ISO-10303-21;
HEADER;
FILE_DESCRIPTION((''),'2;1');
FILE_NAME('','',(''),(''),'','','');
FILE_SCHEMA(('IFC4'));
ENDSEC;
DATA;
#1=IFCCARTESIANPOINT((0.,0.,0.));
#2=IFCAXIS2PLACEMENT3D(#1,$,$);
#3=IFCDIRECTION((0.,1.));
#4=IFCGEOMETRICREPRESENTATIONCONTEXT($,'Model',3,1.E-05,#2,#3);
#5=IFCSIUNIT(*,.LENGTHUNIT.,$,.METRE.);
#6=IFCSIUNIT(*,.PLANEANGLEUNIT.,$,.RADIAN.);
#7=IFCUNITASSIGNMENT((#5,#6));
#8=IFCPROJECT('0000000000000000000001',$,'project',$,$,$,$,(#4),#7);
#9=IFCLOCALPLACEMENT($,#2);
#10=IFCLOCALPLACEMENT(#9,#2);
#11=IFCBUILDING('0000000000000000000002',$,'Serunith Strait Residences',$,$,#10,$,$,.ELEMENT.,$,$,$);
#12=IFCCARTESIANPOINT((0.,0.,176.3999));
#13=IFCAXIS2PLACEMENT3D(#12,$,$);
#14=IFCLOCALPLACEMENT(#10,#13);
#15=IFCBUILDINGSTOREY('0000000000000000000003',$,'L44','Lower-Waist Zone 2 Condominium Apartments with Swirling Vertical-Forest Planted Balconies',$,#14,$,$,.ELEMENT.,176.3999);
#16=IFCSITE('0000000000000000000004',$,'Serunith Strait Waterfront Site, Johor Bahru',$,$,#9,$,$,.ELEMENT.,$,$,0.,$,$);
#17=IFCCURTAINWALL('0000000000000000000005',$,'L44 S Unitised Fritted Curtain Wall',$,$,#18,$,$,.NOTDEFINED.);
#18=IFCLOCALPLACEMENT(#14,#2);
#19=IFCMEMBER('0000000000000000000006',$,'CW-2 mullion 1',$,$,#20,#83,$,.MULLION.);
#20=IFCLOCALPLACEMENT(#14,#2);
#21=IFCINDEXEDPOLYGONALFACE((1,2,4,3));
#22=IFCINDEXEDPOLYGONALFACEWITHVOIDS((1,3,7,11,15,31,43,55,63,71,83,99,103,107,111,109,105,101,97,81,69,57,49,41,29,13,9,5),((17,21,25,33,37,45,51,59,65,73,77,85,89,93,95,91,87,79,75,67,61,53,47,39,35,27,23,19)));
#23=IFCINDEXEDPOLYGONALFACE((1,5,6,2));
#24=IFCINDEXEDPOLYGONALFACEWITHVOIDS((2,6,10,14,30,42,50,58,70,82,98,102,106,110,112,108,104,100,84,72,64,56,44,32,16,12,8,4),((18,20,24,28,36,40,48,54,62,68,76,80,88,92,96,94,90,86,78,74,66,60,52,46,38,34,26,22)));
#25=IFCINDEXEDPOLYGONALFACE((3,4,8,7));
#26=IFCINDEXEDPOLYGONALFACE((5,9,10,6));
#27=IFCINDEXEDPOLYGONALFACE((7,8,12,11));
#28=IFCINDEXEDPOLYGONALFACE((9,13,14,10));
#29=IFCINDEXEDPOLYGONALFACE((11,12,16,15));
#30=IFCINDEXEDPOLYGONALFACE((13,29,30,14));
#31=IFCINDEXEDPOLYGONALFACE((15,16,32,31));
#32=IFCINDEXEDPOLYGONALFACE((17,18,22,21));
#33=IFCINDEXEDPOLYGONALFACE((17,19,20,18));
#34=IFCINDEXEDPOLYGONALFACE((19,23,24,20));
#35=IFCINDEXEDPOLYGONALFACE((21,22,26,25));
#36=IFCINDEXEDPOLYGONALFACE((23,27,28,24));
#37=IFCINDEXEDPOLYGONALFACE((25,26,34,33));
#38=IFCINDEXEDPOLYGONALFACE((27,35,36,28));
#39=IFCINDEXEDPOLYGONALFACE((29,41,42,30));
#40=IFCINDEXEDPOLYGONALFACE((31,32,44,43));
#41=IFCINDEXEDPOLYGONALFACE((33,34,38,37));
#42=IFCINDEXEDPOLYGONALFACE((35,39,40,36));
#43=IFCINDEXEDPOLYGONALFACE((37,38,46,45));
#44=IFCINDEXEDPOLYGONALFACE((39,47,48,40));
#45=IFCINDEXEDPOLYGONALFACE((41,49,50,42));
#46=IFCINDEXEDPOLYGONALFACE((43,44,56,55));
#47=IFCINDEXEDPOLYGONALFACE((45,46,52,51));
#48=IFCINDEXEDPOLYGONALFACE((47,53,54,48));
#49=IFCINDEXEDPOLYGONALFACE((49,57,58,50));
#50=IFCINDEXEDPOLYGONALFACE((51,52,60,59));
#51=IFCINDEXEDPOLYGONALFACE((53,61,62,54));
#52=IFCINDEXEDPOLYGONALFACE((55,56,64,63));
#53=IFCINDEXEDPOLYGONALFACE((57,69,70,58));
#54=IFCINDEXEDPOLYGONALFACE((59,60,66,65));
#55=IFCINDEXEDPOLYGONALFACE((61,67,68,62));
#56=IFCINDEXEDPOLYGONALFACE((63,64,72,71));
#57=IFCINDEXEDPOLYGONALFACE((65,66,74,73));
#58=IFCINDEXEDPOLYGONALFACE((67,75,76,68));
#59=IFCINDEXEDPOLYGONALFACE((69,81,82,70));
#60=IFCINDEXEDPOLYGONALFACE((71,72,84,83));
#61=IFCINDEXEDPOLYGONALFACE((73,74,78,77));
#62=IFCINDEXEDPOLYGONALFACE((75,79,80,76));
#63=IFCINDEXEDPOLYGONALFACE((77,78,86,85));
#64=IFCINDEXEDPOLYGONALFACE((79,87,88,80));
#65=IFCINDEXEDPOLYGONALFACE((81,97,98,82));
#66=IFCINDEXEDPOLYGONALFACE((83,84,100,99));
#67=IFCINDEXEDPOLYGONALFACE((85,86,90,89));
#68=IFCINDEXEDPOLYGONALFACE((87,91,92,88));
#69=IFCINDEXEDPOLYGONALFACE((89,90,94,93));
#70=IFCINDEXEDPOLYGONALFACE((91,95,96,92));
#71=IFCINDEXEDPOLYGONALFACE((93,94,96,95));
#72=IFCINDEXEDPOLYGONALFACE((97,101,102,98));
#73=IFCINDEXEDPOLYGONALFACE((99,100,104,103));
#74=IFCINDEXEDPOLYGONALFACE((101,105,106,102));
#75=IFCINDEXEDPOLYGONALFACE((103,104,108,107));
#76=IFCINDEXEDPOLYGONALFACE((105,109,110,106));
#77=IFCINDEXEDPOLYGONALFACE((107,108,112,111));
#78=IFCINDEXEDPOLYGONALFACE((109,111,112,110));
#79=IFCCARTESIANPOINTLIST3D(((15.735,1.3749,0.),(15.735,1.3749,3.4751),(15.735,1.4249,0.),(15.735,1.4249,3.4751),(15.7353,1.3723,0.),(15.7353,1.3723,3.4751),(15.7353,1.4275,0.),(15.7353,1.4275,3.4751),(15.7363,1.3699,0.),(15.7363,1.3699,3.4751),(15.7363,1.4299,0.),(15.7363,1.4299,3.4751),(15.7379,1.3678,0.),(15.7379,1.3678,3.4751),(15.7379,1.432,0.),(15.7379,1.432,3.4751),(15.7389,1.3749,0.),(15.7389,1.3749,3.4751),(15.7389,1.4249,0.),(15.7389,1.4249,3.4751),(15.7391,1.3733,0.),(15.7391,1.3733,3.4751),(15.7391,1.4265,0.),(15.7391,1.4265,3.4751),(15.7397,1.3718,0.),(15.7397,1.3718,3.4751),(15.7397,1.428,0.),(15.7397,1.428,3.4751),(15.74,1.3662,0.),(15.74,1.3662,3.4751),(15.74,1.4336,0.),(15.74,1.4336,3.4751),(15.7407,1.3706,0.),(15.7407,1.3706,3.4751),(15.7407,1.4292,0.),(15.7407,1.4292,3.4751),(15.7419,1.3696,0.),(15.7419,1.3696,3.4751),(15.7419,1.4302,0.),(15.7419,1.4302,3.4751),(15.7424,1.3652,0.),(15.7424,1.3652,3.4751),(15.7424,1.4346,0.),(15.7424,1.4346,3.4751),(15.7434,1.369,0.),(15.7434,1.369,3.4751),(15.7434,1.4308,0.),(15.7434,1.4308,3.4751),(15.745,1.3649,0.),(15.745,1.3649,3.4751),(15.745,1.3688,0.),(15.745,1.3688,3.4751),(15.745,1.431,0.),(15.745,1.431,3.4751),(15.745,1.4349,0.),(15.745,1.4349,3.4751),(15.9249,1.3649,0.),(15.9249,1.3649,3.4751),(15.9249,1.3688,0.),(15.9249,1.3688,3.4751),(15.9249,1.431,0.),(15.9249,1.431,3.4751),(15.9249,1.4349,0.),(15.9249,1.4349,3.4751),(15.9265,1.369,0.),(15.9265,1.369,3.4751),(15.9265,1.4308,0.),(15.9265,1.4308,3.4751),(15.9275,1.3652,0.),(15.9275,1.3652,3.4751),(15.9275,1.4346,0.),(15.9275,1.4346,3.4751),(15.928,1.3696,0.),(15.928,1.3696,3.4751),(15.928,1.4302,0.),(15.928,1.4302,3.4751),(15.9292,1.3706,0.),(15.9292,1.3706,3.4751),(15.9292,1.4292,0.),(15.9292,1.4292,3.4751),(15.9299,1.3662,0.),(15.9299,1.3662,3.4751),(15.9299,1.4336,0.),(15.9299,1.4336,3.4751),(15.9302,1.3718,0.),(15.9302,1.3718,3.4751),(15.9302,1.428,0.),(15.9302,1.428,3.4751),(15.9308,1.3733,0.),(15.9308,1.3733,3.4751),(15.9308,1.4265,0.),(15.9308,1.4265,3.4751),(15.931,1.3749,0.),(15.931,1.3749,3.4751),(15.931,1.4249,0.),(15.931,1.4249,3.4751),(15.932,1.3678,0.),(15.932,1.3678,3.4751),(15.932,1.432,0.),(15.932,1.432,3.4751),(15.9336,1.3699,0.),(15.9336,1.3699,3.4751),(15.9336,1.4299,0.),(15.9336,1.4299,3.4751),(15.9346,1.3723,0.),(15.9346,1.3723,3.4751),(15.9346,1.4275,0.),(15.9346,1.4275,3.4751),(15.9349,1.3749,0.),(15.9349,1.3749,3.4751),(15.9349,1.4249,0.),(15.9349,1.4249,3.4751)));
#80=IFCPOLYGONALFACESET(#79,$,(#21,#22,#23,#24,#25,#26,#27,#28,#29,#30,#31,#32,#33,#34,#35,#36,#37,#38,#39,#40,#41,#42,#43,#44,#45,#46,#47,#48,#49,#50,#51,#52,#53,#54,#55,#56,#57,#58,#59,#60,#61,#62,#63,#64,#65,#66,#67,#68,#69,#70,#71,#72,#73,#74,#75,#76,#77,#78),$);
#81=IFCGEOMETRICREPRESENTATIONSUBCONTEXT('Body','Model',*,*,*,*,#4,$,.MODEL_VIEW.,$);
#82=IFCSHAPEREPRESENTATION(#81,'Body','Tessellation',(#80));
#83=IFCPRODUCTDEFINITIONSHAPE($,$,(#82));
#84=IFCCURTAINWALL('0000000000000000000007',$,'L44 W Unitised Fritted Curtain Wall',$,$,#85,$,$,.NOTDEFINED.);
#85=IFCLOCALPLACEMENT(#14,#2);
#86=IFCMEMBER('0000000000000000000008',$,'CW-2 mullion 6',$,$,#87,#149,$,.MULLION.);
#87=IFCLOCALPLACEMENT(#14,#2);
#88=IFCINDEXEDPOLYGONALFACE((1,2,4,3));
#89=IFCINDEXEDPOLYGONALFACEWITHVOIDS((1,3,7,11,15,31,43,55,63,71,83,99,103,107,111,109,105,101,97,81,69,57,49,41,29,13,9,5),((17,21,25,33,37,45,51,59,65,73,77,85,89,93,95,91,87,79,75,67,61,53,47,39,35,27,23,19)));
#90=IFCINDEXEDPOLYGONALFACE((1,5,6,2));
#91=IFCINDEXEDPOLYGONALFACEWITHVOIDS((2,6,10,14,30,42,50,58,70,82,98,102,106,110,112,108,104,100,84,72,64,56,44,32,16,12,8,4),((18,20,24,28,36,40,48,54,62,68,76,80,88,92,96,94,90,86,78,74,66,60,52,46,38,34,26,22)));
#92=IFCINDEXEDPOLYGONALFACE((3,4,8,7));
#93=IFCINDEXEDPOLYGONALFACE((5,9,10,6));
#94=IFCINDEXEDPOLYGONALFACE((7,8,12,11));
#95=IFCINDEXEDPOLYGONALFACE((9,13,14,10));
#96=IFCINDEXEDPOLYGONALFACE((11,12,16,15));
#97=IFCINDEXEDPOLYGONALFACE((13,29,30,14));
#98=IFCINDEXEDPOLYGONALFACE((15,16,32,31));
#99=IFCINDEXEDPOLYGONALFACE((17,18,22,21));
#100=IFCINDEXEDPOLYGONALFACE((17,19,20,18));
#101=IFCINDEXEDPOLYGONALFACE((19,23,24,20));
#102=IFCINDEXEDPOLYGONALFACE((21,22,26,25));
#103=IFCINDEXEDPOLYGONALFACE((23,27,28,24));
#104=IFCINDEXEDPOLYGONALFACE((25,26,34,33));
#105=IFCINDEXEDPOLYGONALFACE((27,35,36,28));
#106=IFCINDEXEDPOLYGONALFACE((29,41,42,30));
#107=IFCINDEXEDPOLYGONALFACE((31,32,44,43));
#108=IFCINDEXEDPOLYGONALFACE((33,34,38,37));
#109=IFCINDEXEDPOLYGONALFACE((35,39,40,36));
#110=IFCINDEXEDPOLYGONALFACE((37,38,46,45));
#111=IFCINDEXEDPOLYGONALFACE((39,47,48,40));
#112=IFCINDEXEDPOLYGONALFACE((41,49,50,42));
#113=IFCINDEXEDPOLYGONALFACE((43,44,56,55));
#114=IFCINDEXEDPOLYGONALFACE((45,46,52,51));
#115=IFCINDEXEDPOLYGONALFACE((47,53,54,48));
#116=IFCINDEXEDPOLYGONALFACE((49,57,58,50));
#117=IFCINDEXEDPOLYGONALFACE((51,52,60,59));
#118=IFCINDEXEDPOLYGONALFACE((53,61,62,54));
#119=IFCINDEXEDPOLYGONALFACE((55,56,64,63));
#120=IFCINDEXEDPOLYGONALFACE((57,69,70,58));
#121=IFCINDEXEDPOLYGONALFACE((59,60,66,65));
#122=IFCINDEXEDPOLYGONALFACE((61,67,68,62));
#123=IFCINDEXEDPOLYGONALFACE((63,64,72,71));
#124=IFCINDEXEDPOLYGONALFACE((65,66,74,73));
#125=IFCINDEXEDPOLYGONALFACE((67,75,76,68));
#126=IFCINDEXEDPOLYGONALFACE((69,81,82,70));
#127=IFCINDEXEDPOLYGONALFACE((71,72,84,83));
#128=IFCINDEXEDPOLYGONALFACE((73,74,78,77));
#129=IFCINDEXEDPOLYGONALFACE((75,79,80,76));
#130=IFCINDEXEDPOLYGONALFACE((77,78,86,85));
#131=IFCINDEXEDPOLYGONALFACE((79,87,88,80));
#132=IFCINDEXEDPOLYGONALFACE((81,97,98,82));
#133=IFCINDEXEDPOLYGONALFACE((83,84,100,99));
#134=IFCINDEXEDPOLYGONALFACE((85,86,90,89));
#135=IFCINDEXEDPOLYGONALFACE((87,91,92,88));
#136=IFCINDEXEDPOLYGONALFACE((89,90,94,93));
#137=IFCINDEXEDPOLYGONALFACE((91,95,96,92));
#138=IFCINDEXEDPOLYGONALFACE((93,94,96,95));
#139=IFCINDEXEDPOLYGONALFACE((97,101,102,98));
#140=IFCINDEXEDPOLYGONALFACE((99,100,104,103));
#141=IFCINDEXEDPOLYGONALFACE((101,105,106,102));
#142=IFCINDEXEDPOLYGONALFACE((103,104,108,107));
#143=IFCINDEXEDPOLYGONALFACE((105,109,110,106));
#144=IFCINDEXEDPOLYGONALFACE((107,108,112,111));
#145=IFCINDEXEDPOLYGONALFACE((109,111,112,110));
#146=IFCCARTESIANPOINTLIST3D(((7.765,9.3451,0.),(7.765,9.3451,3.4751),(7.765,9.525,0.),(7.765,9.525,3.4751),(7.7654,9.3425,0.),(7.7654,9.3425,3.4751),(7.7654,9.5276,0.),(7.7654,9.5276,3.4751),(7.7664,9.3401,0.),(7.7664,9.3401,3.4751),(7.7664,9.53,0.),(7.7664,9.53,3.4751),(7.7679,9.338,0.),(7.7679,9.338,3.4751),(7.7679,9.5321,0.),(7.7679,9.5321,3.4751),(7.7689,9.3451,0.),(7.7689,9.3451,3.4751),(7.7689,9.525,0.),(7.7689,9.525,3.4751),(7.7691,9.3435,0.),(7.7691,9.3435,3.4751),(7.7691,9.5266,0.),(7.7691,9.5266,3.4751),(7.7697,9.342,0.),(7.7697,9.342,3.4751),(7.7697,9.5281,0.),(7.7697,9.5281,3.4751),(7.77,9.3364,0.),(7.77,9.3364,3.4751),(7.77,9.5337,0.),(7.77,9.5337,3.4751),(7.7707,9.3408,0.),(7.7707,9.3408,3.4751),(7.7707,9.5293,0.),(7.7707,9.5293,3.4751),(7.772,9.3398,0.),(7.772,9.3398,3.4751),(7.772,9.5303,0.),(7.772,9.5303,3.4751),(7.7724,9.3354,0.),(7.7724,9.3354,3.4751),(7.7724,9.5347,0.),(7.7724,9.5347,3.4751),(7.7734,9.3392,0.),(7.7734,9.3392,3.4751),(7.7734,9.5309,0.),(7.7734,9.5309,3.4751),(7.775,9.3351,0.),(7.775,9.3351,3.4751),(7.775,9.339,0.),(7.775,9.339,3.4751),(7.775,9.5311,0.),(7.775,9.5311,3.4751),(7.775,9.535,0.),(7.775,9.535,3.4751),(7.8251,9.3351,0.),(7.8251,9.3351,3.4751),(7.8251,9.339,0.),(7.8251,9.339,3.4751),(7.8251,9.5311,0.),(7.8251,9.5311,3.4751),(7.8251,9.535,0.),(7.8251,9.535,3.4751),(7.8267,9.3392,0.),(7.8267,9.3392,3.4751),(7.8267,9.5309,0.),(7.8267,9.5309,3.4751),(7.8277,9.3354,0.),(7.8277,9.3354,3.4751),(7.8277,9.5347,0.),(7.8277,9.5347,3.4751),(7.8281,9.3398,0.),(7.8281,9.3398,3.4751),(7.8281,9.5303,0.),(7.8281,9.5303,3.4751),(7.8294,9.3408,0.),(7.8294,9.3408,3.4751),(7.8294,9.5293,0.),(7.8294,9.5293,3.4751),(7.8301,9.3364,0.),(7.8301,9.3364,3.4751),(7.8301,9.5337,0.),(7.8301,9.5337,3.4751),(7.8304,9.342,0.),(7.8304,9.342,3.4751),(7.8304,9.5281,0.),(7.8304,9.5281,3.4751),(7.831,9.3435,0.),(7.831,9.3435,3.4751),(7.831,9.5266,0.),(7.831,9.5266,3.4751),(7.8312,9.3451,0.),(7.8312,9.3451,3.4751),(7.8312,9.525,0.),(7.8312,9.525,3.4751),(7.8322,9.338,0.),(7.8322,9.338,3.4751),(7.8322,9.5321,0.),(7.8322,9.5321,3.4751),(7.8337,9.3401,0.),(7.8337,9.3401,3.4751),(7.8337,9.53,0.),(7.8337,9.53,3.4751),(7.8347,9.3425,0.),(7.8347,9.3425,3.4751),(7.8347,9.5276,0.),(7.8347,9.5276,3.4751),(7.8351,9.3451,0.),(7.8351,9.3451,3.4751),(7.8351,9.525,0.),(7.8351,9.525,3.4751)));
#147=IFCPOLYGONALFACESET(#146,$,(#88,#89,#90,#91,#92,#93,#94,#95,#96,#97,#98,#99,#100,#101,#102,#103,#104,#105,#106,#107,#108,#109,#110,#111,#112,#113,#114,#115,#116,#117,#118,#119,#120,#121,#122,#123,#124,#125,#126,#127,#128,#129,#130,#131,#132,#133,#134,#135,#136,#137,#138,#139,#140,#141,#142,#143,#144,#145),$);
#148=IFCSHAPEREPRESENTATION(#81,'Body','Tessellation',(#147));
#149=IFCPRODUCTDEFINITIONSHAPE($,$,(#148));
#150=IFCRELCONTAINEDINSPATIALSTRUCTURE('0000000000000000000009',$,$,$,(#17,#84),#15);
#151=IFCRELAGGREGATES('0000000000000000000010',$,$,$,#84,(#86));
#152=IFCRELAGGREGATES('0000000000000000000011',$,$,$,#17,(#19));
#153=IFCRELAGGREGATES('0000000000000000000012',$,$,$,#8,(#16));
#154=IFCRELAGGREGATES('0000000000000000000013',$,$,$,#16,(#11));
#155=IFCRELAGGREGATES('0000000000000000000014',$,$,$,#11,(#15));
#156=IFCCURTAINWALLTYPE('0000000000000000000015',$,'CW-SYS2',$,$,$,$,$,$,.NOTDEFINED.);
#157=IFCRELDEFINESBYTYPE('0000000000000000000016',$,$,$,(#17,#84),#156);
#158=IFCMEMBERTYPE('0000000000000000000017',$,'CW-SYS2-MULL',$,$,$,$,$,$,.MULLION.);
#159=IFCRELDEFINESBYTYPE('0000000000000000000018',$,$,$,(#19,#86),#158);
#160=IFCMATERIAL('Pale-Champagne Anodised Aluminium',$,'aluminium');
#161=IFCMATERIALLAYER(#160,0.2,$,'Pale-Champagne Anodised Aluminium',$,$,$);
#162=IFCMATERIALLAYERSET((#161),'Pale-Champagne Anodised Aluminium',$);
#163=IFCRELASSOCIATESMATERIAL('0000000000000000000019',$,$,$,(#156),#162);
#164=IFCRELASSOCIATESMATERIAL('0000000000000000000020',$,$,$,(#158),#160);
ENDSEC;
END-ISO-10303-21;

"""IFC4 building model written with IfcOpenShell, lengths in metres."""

from ifc_helpers import new_model, si_unit, direction, frame, origin, origin_2d, place, context, subcontext, project, spatial, hollow_rectangle, extrude, source, transform, mapped, material, layer, layer_set, material_profile, profile_set, type_object, element, aggregate, save


model = new_model("IFC4")

# Units and contexts
model_context = context("Model", 3, precision=1e-05, world=origin(), true_north=direction((0.0, 1.0)))
body_context = subcontext(model_context, "Body", "Model", "MODEL_VIEW")
ifc_project = project(units=[si_unit("LENGTHUNIT", "METRE"), si_unit("PLANEANGLEUNIT", "RADIAN")], contexts=[model_context])

# Site, building, storey
site_placement = place(None, origin())
site = spatial("IfcSite", under=ifc_project, at=site_placement, Name="Serunith Strait Waterfront Site, Johor Bahru", CompositionType="ELEMENT", RefElevation=0.0)
building_placement = place(site_placement, origin())
building = spatial("IfcBuilding", under=site, at=building_placement, Name="Serunith Strait Residences", CompositionType="ELEMENT")
storey_placement = place(building_placement, frame((0.0, 0.0, 176.3999)))
storey = spatial("IfcBuildingStorey", under=building, at=storey_placement, Name="L44", Description="Lower-Waist Zone 2 Condominium Apartments with Swirling Vertical-Forest Planted Balconies", CompositionType="ELEMENT", Elevation=176.3999)

# Curtain walls, members
ifc_material_1 = material(Name="Pale-Champagne Anodised Aluminium", Category="aluminium")
ifc_layer_1 = layer(ifc_material_1, 0.2, Name="Pale-Champagne Anodised Aluminium")
ifc_layer_set_1 = layer_set([ifc_layer_1], Name="Pale-Champagne Anodised Aluminium")
curtain_wall_type = type_object("IfcCurtainWallType", Name="CW-SYS2", PredefinedType="NOTDEFINED", material=ifc_layer_set_1)
curtain_wall_1_placement = place(storey_placement, origin())
curtain_wall_1 = element("IfcCurtainWall", 1, at=curtain_wall_1_placement, inside=storey, type_object=curtain_wall_type, Name="L44 S Unitised Fritted Curtain Wall", PredefinedType="NOTDEFINED")
ifc_material_profile_1 = material_profile(ifc_material_1, hollow_rectangle(XDim=0.0701, YDim=0.2, WallThickness=0.0039, InnerFilletRadius=0.0061, OuterFilletRadius=0.01, at=origin_2d()), Name="ALU 200x70x4")
ifc_profile_set_1 = profile_set([ifc_material_profile_1], Name="Pale-Champagne Anodised Aluminium")
member_type_1 = type_object("IfcMemberType", Name="CW-SYS2-MULL", PredefinedType="MULLION", material=ifc_profile_set_1)
shared_shape_1 = source(origin(), body_context, "Body", "SweptSolid", [
    extrude(hollow_rectangle(XDim=0.0701, YDim=0.2, WallThickness=0.0039, InnerFilletRadius=0.0061, OuterFilletRadius=0.01, at=origin_2d()), origin(), (0.0, 0.0, 1.0), 3.4751),
])
member_1_placement = place(storey_placement, frame((15.835, 1.3999, 0.0), z_axis=(0.0, 0.0, 1.0), x_axis=(0.0, 1.0, 0.0)))
member_1 = element("IfcMember", 2, at=member_1_placement, type_object=member_type_1, Name="CW-2 mullion 1", PredefinedType="MULLION", context=body_context, shape_type="MappedRepresentation", body=[
    mapped(shared_shape_1, transform((0.0, 0.0, 0.0), scale=1.0)),
])
curtain_wall_2_placement = place(storey_placement, origin())
curtain_wall_2 = element("IfcCurtainWall", 3, at=curtain_wall_2_placement, inside=storey, type_object=curtain_wall_type, Name="L44 W Unitised Fritted Curtain Wall", PredefinedType="NOTDEFINED")
member_2_placement = place(storey_placement, frame((7.8, 9.4351, 0.0), z_axis=(0.0, 0.0, 1.0), x_axis=(1.0, 0.0, 0.0)))
member_2 = element("IfcMember", 4, at=member_2_placement, type_object=member_type_1, Name="CW-2 mullion 6", PredefinedType="MULLION", context=body_context, shape_type="MappedRepresentation", body=[
    mapped(shared_shape_1, transform((0.0, 0.0, 0.0), scale=1.0)),
])
aggregate(curtain_wall_2, [member_2])

aggregate(curtain_wall_1, [member_1])

save(model, "model.ifc")
